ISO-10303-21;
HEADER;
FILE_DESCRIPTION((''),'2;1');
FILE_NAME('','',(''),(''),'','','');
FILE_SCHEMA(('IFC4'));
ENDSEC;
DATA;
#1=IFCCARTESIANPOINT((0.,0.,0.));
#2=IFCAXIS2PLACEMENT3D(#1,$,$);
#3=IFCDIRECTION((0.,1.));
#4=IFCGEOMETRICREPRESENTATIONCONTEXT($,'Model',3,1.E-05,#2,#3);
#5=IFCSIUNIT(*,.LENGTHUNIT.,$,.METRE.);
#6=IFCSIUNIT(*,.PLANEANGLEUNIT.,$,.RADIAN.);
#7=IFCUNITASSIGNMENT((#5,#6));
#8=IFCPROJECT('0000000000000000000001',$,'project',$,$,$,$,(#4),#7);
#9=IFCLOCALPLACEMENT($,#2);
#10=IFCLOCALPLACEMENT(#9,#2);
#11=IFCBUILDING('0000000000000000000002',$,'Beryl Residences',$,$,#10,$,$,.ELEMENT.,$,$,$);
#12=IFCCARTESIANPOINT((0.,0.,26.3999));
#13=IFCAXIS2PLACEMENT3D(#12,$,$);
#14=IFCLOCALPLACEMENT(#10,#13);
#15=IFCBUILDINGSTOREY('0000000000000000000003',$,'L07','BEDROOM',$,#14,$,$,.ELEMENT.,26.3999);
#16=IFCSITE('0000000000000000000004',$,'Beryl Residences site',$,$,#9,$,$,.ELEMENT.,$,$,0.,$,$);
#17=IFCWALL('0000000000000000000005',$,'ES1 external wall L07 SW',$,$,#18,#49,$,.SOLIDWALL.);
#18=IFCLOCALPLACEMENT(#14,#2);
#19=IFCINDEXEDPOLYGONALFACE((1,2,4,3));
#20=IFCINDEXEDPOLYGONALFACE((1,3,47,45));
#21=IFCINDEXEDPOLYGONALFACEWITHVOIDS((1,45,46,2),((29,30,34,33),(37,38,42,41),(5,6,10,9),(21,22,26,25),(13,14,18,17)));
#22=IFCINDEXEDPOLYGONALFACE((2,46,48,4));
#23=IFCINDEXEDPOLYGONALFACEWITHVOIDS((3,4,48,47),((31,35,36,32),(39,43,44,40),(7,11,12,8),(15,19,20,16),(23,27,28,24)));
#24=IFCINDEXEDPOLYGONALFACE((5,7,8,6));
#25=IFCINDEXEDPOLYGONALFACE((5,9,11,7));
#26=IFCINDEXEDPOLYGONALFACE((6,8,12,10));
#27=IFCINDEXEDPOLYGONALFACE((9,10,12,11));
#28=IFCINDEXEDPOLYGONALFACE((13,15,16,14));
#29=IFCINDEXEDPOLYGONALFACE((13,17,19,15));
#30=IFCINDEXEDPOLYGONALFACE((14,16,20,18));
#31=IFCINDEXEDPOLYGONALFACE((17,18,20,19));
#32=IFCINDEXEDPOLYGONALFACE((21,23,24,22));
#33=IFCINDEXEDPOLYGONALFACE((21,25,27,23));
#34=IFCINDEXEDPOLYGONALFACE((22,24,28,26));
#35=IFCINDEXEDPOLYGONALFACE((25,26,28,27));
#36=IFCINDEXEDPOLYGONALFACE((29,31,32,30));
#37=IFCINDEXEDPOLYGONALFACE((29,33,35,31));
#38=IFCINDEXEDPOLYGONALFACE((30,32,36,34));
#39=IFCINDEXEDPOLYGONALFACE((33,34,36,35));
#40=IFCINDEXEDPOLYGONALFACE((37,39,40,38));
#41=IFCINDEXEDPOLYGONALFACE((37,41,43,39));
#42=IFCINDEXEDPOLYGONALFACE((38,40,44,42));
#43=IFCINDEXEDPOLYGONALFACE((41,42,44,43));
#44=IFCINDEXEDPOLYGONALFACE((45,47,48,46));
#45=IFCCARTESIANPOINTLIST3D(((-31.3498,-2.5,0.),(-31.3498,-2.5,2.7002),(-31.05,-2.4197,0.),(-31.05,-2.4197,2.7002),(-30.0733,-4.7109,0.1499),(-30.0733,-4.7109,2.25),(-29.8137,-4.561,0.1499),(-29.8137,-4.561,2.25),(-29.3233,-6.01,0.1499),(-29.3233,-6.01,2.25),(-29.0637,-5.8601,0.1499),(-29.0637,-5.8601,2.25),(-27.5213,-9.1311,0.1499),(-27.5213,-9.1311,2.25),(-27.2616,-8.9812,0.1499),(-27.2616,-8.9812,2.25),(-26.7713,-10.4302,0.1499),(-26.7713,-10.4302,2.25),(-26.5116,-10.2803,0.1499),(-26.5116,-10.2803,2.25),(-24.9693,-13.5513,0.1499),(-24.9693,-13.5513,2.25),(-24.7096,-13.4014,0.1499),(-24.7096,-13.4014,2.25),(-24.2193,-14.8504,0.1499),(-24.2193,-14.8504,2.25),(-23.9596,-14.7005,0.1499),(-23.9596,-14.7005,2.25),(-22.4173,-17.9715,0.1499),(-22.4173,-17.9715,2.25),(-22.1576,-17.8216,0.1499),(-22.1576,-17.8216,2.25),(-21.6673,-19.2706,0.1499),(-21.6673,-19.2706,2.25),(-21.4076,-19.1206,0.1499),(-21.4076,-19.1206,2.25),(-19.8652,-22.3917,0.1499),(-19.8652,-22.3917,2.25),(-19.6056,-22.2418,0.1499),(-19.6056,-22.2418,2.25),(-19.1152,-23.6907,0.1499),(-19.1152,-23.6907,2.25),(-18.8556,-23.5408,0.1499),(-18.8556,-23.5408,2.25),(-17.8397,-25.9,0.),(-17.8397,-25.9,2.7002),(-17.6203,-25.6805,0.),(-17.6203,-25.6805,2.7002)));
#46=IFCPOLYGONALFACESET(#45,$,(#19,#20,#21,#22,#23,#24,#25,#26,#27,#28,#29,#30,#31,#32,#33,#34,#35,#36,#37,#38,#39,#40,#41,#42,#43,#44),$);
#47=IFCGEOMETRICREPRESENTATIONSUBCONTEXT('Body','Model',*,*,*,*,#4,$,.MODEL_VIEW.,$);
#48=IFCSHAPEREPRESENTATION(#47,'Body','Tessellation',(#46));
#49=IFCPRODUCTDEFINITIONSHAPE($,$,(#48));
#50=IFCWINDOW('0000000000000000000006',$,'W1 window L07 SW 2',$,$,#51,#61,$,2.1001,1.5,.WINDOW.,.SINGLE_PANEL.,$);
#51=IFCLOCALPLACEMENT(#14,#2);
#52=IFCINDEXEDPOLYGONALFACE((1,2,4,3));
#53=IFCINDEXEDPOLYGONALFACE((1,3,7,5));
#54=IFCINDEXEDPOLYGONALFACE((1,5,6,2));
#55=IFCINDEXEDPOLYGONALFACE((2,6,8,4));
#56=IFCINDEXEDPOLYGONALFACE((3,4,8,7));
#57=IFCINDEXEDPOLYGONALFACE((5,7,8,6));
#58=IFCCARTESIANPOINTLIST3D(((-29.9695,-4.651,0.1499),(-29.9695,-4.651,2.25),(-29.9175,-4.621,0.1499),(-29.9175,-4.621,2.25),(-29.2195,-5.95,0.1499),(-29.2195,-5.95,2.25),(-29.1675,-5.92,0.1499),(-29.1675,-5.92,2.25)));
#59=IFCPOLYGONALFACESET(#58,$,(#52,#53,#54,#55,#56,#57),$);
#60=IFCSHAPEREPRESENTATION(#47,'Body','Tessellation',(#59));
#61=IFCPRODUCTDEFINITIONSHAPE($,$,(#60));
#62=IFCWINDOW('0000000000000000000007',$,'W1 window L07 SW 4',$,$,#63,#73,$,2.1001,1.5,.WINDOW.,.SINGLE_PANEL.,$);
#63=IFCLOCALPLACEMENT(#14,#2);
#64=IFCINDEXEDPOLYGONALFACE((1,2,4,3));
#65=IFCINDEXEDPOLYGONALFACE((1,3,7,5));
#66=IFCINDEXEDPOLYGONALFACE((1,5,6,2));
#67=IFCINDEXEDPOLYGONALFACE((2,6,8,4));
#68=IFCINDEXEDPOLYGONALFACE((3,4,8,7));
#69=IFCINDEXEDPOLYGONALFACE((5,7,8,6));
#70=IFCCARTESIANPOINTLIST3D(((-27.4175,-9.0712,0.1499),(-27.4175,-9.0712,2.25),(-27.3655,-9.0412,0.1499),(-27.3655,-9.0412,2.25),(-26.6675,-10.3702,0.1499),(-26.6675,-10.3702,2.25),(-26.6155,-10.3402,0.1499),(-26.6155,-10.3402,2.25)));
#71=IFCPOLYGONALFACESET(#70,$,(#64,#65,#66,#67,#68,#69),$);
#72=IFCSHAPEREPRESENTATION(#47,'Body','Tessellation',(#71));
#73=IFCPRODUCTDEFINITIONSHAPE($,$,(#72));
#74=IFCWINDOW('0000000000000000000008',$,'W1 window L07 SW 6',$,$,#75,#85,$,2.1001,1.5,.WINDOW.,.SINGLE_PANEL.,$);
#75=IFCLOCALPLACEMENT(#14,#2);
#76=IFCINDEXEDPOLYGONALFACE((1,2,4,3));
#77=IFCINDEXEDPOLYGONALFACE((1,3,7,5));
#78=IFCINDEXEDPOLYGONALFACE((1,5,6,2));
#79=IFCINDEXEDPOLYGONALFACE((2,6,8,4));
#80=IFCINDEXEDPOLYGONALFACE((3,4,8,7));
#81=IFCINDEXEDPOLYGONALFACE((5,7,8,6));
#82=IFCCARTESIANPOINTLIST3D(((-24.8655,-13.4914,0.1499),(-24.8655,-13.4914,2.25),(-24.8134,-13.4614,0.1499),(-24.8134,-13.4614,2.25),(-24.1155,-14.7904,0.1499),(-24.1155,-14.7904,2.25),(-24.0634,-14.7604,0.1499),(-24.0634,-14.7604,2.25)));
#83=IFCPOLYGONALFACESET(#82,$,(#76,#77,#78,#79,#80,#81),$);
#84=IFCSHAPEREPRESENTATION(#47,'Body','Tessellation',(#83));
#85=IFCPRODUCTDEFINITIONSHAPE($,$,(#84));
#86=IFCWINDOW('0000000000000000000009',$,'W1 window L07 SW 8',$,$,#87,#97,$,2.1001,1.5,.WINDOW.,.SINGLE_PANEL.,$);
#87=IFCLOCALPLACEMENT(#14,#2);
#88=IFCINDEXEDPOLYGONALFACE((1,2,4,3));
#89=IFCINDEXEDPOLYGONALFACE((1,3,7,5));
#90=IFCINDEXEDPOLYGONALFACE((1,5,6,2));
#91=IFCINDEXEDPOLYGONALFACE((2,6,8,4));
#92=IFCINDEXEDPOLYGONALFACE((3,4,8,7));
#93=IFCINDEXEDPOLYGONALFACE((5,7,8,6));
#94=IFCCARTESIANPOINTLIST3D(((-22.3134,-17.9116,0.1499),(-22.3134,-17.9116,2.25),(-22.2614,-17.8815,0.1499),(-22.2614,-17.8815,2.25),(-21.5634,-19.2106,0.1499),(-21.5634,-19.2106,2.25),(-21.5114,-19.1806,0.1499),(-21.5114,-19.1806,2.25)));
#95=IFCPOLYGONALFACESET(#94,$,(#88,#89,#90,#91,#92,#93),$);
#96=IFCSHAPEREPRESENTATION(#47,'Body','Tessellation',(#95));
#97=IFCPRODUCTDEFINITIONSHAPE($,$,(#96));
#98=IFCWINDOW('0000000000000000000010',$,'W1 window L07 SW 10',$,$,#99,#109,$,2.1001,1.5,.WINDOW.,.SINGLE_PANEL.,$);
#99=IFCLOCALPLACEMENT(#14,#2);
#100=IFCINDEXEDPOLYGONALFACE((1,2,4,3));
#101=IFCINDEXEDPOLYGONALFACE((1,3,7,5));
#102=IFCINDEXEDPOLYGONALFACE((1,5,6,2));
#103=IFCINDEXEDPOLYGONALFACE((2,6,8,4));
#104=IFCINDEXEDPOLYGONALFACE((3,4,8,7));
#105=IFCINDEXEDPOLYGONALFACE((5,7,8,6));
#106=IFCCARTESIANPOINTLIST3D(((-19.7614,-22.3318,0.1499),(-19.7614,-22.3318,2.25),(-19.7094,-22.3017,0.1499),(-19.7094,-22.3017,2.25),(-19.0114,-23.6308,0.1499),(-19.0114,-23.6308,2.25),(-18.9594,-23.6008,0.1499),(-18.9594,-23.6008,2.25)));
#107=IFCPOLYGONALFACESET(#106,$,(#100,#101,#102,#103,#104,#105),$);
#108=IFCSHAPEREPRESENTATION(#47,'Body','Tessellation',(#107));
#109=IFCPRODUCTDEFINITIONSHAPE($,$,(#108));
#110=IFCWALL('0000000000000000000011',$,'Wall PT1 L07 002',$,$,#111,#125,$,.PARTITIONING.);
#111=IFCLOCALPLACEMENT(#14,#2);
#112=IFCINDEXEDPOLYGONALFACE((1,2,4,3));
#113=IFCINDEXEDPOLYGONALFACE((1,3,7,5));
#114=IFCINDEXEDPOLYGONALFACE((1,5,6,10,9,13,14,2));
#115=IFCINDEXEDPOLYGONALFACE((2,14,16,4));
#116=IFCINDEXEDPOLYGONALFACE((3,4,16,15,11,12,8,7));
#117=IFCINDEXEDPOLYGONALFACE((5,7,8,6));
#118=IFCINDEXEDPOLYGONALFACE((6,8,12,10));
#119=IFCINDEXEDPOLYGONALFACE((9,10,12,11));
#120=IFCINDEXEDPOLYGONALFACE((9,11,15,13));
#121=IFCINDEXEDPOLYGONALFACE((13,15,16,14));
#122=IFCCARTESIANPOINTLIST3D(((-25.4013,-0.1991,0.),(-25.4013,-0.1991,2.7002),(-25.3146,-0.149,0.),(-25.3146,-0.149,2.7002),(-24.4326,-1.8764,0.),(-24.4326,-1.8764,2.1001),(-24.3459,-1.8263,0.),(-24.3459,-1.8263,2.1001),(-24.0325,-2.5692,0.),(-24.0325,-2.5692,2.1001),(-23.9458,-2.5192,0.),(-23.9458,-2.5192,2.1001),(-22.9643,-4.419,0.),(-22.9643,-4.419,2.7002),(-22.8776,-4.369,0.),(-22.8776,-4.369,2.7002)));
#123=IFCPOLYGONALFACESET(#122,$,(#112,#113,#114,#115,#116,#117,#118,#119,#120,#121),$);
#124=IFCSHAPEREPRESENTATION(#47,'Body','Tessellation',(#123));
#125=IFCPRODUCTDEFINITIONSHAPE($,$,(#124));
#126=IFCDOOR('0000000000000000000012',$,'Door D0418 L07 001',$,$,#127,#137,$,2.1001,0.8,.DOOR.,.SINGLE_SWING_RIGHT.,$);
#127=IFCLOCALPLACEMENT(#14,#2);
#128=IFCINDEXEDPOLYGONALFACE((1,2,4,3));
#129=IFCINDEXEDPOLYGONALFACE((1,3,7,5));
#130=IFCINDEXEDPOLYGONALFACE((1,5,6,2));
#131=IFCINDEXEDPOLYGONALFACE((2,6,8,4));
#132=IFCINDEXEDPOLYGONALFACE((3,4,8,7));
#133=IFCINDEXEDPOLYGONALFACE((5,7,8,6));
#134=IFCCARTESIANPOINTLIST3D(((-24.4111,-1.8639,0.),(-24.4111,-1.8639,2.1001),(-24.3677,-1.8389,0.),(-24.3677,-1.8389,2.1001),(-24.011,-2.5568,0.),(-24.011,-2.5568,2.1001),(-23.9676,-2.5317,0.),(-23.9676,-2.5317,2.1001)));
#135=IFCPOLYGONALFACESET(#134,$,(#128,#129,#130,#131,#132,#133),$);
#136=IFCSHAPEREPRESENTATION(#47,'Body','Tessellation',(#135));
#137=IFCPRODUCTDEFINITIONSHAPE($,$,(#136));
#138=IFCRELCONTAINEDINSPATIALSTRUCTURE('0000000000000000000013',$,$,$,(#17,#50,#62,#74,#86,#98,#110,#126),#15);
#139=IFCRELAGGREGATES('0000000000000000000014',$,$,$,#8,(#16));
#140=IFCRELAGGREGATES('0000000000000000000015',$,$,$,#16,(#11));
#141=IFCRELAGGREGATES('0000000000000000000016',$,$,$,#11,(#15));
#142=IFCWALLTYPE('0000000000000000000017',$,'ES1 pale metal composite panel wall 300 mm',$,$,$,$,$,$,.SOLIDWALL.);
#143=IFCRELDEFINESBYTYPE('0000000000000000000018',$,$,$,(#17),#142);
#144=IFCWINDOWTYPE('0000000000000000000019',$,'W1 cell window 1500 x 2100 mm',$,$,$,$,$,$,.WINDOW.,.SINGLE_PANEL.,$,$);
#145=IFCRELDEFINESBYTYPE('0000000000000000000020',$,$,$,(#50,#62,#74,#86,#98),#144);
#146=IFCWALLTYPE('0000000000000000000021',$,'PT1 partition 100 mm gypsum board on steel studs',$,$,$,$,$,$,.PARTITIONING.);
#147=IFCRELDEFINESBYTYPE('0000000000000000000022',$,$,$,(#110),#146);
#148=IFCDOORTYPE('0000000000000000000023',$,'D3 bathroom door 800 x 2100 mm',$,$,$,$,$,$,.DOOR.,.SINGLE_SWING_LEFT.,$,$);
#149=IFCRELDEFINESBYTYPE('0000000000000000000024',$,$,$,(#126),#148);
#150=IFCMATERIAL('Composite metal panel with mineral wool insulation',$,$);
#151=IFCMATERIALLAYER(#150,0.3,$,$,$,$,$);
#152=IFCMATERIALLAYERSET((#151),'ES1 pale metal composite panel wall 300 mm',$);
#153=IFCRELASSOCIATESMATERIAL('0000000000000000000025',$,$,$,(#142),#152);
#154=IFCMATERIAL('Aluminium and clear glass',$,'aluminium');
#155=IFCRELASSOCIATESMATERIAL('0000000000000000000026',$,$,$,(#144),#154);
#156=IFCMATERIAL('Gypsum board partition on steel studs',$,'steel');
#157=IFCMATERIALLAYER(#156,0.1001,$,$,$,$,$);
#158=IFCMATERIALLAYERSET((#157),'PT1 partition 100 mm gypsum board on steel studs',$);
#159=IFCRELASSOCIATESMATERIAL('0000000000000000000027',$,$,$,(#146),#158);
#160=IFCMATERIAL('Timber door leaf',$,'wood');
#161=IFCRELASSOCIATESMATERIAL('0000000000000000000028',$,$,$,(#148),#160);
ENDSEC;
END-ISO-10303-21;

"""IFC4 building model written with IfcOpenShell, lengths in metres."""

from ifc_helpers import new_model, si_unit, direction, frame, frame_2d, origin, place, context, subcontext, project, spatial, polyline, rectangle, outline, extrude, material, layer, layer_set, type_object, element, fill, save


model = new_model("IFC4")

# Units and contexts
model_context = context("Model", 3, precision=1e-05, world=origin(), true_north=direction((0.0, 1.0)))
body_context = subcontext(model_context, "Body", "Model", "MODEL_VIEW")
ifc_project = project(units=[si_unit("LENGTHUNIT", "METRE"), si_unit("PLANEANGLEUNIT", "RADIAN")], contexts=[model_context])

# Site, building, storey
site_placement = place(None, origin())
site = spatial("IfcSite", under=ifc_project, at=site_placement, Name="Beryl Residences site", CompositionType="ELEMENT", RefElevation=0.0)
building_placement = place(site_placement, origin())
building = spatial("IfcBuilding", under=site, at=building_placement, Name="Beryl Residences", CompositionType="ELEMENT")
storey_placement = place(building_placement, frame((0.0, 0.0, 26.3999)))
storey = spatial("IfcBuildingStorey", under=building, at=storey_placement, Name="L07", Description="BEDROOM", CompositionType="ELEMENT", Elevation=26.3999)

# Shared definitions
ifc_material_1 = material(Name="Composite metal panel with mineral wool insulation")
ifc_layer_1 = layer(ifc_material_1, 0.3)
ifc_layer_set_1 = layer_set([ifc_layer_1], Name="ES1 pale metal composite panel wall 300 mm")
wall_type_1 = type_object("IfcWallType", Name="ES1 pale metal composite panel wall 300 mm", PredefinedType="SOLIDWALL", material=ifc_layer_set_1)

# Wall, openings, windows
wall_1_placement = place(storey_placement, frame((-31.22, -2.425, 0.0), z_axis=(0.0, 0.0, 1.0), x_axis=(0.500002, -0.866024, 0.0)))
wall_1 = element("IfcWall", 1, at=wall_1_placement, inside=storey, type_object=wall_type_1, Name="ES1 external wall L07 SW", PredefinedType="SOLIDWALL", context=body_context, shape_type="SweptSolid", body=[
    extrude(outline(polyline([(0.0, -0.1499), (27.02, -0.1499), (26.9397, 0.1499), (0.0803, 0.1499), (0.0, -0.1499)])), origin(), (0.0, 0.0, 1.0), 2.7002),
])
opening_1_placement = place(wall_1_placement, frame((2.553, 0.0, 0.1499)))
opening_1 = element("IfcOpeningElement", 2, at=opening_1_placement, cuts=wall_1, PredefinedType="OPENING", context=body_context, shape_type="SweptSolid", body=[
    extrude(rectangle(XDim=1.5, YDim=2.1001, at=frame_2d((0.75, 1.05))), frame((0.0, 0.1599, 0.0), z_axis=(0.0, -1.0, 0.0), x_axis=(1.0, 0.0, 0.0)), (0.0, 0.0, 1.0), 0.3201),
])
opening_2_placement = place(wall_1_placement, frame((7.657, 0.0, 0.1499)))
opening_2 = element("IfcOpeningElement", 3, at=opening_2_placement, cuts=wall_1, PredefinedType="OPENING", context=body_context, shape_type="SweptSolid", body=[
    extrude(rectangle(XDim=1.5, YDim=2.1001, at=frame_2d((0.75, 1.05))), frame((0.0, 0.1599, 0.0), z_axis=(0.0, -1.0, 0.0), x_axis=(1.0, 0.0, 0.0)), (0.0, 0.0, 1.0), 0.3201),
])
opening_3_placement = place(wall_1_placement, frame((12.761, 0.0, 0.1499)))
opening_3 = element("IfcOpeningElement", 4, at=opening_3_placement, cuts=wall_1, PredefinedType="OPENING", context=body_context, shape_type="SweptSolid", body=[
    extrude(rectangle(XDim=1.5, YDim=2.1001, at=frame_2d((0.75, 1.05))), frame((0.0, 0.1599, 0.0), z_axis=(0.0, -1.0, 0.0), x_axis=(1.0, 0.0, 0.0)), (0.0, 0.0, 1.0), 0.3201),
])
opening_4_placement = place(wall_1_placement, frame((17.865, 0.0, 0.1499)))
opening_4 = element("IfcOpeningElement", 5, at=opening_4_placement, cuts=wall_1, PredefinedType="OPENING", context=body_context, shape_type="SweptSolid", body=[
    extrude(rectangle(XDim=1.5, YDim=2.1001, at=frame_2d((0.75, 1.05))), frame((0.0, 0.1599, 0.0), z_axis=(0.0, -1.0, 0.0), x_axis=(1.0, 0.0, 0.0)), (0.0, 0.0, 1.0), 0.3201),
])
opening_5_placement = place(wall_1_placement, frame((22.969, 0.0, 0.1499)))
opening_5 = element("IfcOpeningElement", 6, at=opening_5_placement, cuts=wall_1, PredefinedType="OPENING", context=body_context, shape_type="SweptSolid", body=[
    extrude(rectangle(XDim=1.5, YDim=2.1001, at=frame_2d((0.75, 1.05))), frame((0.0, 0.1599, 0.0), z_axis=(0.0, -1.0, 0.0), x_axis=(1.0, 0.0, 0.0)), (0.0, 0.0, 1.0), 0.3201),
])
ifc_material_2 = material(Name="Aluminium and clear glass", Category="aluminium")
window_type_1 = type_object("IfcWindowType", Name="W1 cell window 1500 x 2100 mm", PartitioningType="SINGLE_PANEL", PredefinedType="WINDOW", material=ifc_material_2)
window_1_placement = place(opening_1_placement, origin())
window_1 = element("IfcWindow", 7, at=window_1_placement, inside=storey, type_object=window_type_1, Name="W1 window L07 SW 2", OverallHeight=2.1001, OverallWidth=1.5, PartitioningType="SINGLE_PANEL", PredefinedType="WINDOW", context=body_context, shape_type="SweptSolid", body=[
    extrude(rectangle(XDim=1.5, YDim=2.1001, at=frame_2d((0.75, 1.05))), frame((0.0, 0.03, 0.0), z_axis=(0.0, -1.0, 0.0), x_axis=(1.0, 0.0, 0.0)), (0.0, 0.0, 1.0), 0.0601),
])
fill(opening_1, window_1)
window_2_placement = place(opening_2_placement, origin())
window_2 = element("IfcWindow", 8, at=window_2_placement, inside=storey, type_object=window_type_1, Name="W1 window L07 SW 4", OverallHeight=2.1001, OverallWidth=1.5, PartitioningType="SINGLE_PANEL", PredefinedType="WINDOW", context=body_context, shape_type="SweptSolid", body=[
    extrude(rectangle(XDim=1.5, YDim=2.1001, at=frame_2d((0.75, 1.05))), frame((0.0, 0.03, 0.0), z_axis=(0.0, -1.0, 0.0), x_axis=(1.0, 0.0, 0.0)), (0.0, 0.0, 1.0), 0.0601),
])
fill(opening_2, window_2)
window_3_placement = place(opening_3_placement, origin())
window_3 = element("IfcWindow", 9, at=window_3_placement, inside=storey, type_object=window_type_1, Name="W1 window L07 SW 6", OverallHeight=2.1001, OverallWidth=1.5, PartitioningType="SINGLE_PANEL", PredefinedType="WINDOW", context=body_context, shape_type="SweptSolid", body=[
    extrude(rectangle(XDim=1.5, YDim=2.1001, at=frame_2d((0.75, 1.05))), frame((0.0, 0.03, 0.0), z_axis=(0.0, -1.0, 0.0), x_axis=(1.0, 0.0, 0.0)), (0.0, 0.0, 1.0), 0.0601),
])
fill(opening_3, window_3)
window_4_placement = place(opening_4_placement, origin())
window_4 = element("IfcWindow", 10, at=window_4_placement, inside=storey, type_object=window_type_1, Name="W1 window L07 SW 8", OverallHeight=2.1001, OverallWidth=1.5, PartitioningType="SINGLE_PANEL", PredefinedType="WINDOW", context=body_context, shape_type="SweptSolid", body=[
    extrude(rectangle(XDim=1.5, YDim=2.1001, at=frame_2d((0.75, 1.05))), frame((0.0, 0.03, 0.0), z_axis=(0.0, -1.0, 0.0), x_axis=(1.0, 0.0, 0.0)), (0.0, 0.0, 1.0), 0.0601),
])
fill(opening_4, window_4)
window_5_placement = place(opening_5_placement, origin())
window_5 = element("IfcWindow", 11, at=window_5_placement, inside=storey, type_object=window_type_1, Name="W1 window L07 SW 10", OverallHeight=2.1001, OverallWidth=1.5, PartitioningType="SINGLE_PANEL", PredefinedType="WINDOW", context=body_context, shape_type="SweptSolid", body=[
    extrude(rectangle(XDim=1.5, YDim=2.1001, at=frame_2d((0.75, 1.05))), frame((0.0, 0.03, 0.0), z_axis=(0.0, -1.0, 0.0), x_axis=(1.0, 0.0, 0.0)), (0.0, 0.0, 1.0), 0.0601),
])
fill(opening_5, window_5)

# Wall, opening, door
ifc_material_3 = material(Name="Gypsum board partition on steel studs", Category="steel")
ifc_layer_2 = layer(ifc_material_3, 0.1001)
ifc_layer_set_2 = layer_set([ifc_layer_2], Name="PT1 partition 100 mm gypsum board on steel studs")
wall_type_2 = type_object("IfcWallType", Name="PT1 partition 100 mm gypsum board on steel studs", PredefinedType="PARTITIONING", material=ifc_layer_set_2)
wall_2_placement = place(storey_placement, frame((-25.3579, -0.1741, 0.0), z_axis=(0.0, 0.0, 1.0), x_axis=(0.500094, -0.865971, 0.0)))
wall_2 = element("IfcWall", 12, at=wall_2_placement, inside=storey, type_object=wall_type_2, Name="Wall PT1 L07 002", PredefinedType="PARTITIONING", context=body_context, shape_type="SweptSolid", body=[
    extrude(rectangle(XDim=4.873, YDim=0.1001, at=frame_2d((2.4365, 0.0))), origin(), (0.0, 0.0, 1.0), 2.7002),
])
opening_6_placement = place(wall_2_placement, frame((1.937, 0.0, 0.0)))
opening_6 = element("IfcOpeningElement", 13, at=opening_6_placement, cuts=wall_2, PredefinedType="OPENING", context=body_context, shape_type="SweptSolid", body=[
    extrude(rectangle(XDim=0.8, YDim=2.1001, at=frame_2d((0.3999, 1.05))), frame((0.0, 0.0601, 0.0), z_axis=(0.0, -1.0, 0.0), x_axis=(1.0, 0.0, 0.0)), (0.0, 0.0, 1.0), 0.1201),
])
ifc_material_4 = material(Name="Timber door leaf", Category="wood")
door_type_1 = type_object("IfcDoorType", Name="D3 bathroom door 800 x 2100 mm", OperationType="SINGLE_SWING_LEFT", PredefinedType="DOOR", material=ifc_material_4)
door_1_placement = place(opening_6_placement, origin())
door_1 = element("IfcDoor", 14, at=door_1_placement, inside=storey, type_object=door_type_1, Name="Door D0418 L07 001", OperationType="SINGLE_SWING_RIGHT", OverallHeight=2.1001, OverallWidth=0.8, PredefinedType="DOOR", context=body_context, shape_type="SweptSolid", body=[
    extrude(rectangle(XDim=0.8, YDim=2.1001, at=frame_2d((0.3999, 1.05))), frame((0.0, 0.0249, 0.0), z_axis=(0.0, -1.0, 0.0), x_axis=(1.0, 0.0, 0.0)), (0.0, 0.0, 1.0), 0.05),
])
fill(opening_6, door_1)

save(model, "model.ifc")
